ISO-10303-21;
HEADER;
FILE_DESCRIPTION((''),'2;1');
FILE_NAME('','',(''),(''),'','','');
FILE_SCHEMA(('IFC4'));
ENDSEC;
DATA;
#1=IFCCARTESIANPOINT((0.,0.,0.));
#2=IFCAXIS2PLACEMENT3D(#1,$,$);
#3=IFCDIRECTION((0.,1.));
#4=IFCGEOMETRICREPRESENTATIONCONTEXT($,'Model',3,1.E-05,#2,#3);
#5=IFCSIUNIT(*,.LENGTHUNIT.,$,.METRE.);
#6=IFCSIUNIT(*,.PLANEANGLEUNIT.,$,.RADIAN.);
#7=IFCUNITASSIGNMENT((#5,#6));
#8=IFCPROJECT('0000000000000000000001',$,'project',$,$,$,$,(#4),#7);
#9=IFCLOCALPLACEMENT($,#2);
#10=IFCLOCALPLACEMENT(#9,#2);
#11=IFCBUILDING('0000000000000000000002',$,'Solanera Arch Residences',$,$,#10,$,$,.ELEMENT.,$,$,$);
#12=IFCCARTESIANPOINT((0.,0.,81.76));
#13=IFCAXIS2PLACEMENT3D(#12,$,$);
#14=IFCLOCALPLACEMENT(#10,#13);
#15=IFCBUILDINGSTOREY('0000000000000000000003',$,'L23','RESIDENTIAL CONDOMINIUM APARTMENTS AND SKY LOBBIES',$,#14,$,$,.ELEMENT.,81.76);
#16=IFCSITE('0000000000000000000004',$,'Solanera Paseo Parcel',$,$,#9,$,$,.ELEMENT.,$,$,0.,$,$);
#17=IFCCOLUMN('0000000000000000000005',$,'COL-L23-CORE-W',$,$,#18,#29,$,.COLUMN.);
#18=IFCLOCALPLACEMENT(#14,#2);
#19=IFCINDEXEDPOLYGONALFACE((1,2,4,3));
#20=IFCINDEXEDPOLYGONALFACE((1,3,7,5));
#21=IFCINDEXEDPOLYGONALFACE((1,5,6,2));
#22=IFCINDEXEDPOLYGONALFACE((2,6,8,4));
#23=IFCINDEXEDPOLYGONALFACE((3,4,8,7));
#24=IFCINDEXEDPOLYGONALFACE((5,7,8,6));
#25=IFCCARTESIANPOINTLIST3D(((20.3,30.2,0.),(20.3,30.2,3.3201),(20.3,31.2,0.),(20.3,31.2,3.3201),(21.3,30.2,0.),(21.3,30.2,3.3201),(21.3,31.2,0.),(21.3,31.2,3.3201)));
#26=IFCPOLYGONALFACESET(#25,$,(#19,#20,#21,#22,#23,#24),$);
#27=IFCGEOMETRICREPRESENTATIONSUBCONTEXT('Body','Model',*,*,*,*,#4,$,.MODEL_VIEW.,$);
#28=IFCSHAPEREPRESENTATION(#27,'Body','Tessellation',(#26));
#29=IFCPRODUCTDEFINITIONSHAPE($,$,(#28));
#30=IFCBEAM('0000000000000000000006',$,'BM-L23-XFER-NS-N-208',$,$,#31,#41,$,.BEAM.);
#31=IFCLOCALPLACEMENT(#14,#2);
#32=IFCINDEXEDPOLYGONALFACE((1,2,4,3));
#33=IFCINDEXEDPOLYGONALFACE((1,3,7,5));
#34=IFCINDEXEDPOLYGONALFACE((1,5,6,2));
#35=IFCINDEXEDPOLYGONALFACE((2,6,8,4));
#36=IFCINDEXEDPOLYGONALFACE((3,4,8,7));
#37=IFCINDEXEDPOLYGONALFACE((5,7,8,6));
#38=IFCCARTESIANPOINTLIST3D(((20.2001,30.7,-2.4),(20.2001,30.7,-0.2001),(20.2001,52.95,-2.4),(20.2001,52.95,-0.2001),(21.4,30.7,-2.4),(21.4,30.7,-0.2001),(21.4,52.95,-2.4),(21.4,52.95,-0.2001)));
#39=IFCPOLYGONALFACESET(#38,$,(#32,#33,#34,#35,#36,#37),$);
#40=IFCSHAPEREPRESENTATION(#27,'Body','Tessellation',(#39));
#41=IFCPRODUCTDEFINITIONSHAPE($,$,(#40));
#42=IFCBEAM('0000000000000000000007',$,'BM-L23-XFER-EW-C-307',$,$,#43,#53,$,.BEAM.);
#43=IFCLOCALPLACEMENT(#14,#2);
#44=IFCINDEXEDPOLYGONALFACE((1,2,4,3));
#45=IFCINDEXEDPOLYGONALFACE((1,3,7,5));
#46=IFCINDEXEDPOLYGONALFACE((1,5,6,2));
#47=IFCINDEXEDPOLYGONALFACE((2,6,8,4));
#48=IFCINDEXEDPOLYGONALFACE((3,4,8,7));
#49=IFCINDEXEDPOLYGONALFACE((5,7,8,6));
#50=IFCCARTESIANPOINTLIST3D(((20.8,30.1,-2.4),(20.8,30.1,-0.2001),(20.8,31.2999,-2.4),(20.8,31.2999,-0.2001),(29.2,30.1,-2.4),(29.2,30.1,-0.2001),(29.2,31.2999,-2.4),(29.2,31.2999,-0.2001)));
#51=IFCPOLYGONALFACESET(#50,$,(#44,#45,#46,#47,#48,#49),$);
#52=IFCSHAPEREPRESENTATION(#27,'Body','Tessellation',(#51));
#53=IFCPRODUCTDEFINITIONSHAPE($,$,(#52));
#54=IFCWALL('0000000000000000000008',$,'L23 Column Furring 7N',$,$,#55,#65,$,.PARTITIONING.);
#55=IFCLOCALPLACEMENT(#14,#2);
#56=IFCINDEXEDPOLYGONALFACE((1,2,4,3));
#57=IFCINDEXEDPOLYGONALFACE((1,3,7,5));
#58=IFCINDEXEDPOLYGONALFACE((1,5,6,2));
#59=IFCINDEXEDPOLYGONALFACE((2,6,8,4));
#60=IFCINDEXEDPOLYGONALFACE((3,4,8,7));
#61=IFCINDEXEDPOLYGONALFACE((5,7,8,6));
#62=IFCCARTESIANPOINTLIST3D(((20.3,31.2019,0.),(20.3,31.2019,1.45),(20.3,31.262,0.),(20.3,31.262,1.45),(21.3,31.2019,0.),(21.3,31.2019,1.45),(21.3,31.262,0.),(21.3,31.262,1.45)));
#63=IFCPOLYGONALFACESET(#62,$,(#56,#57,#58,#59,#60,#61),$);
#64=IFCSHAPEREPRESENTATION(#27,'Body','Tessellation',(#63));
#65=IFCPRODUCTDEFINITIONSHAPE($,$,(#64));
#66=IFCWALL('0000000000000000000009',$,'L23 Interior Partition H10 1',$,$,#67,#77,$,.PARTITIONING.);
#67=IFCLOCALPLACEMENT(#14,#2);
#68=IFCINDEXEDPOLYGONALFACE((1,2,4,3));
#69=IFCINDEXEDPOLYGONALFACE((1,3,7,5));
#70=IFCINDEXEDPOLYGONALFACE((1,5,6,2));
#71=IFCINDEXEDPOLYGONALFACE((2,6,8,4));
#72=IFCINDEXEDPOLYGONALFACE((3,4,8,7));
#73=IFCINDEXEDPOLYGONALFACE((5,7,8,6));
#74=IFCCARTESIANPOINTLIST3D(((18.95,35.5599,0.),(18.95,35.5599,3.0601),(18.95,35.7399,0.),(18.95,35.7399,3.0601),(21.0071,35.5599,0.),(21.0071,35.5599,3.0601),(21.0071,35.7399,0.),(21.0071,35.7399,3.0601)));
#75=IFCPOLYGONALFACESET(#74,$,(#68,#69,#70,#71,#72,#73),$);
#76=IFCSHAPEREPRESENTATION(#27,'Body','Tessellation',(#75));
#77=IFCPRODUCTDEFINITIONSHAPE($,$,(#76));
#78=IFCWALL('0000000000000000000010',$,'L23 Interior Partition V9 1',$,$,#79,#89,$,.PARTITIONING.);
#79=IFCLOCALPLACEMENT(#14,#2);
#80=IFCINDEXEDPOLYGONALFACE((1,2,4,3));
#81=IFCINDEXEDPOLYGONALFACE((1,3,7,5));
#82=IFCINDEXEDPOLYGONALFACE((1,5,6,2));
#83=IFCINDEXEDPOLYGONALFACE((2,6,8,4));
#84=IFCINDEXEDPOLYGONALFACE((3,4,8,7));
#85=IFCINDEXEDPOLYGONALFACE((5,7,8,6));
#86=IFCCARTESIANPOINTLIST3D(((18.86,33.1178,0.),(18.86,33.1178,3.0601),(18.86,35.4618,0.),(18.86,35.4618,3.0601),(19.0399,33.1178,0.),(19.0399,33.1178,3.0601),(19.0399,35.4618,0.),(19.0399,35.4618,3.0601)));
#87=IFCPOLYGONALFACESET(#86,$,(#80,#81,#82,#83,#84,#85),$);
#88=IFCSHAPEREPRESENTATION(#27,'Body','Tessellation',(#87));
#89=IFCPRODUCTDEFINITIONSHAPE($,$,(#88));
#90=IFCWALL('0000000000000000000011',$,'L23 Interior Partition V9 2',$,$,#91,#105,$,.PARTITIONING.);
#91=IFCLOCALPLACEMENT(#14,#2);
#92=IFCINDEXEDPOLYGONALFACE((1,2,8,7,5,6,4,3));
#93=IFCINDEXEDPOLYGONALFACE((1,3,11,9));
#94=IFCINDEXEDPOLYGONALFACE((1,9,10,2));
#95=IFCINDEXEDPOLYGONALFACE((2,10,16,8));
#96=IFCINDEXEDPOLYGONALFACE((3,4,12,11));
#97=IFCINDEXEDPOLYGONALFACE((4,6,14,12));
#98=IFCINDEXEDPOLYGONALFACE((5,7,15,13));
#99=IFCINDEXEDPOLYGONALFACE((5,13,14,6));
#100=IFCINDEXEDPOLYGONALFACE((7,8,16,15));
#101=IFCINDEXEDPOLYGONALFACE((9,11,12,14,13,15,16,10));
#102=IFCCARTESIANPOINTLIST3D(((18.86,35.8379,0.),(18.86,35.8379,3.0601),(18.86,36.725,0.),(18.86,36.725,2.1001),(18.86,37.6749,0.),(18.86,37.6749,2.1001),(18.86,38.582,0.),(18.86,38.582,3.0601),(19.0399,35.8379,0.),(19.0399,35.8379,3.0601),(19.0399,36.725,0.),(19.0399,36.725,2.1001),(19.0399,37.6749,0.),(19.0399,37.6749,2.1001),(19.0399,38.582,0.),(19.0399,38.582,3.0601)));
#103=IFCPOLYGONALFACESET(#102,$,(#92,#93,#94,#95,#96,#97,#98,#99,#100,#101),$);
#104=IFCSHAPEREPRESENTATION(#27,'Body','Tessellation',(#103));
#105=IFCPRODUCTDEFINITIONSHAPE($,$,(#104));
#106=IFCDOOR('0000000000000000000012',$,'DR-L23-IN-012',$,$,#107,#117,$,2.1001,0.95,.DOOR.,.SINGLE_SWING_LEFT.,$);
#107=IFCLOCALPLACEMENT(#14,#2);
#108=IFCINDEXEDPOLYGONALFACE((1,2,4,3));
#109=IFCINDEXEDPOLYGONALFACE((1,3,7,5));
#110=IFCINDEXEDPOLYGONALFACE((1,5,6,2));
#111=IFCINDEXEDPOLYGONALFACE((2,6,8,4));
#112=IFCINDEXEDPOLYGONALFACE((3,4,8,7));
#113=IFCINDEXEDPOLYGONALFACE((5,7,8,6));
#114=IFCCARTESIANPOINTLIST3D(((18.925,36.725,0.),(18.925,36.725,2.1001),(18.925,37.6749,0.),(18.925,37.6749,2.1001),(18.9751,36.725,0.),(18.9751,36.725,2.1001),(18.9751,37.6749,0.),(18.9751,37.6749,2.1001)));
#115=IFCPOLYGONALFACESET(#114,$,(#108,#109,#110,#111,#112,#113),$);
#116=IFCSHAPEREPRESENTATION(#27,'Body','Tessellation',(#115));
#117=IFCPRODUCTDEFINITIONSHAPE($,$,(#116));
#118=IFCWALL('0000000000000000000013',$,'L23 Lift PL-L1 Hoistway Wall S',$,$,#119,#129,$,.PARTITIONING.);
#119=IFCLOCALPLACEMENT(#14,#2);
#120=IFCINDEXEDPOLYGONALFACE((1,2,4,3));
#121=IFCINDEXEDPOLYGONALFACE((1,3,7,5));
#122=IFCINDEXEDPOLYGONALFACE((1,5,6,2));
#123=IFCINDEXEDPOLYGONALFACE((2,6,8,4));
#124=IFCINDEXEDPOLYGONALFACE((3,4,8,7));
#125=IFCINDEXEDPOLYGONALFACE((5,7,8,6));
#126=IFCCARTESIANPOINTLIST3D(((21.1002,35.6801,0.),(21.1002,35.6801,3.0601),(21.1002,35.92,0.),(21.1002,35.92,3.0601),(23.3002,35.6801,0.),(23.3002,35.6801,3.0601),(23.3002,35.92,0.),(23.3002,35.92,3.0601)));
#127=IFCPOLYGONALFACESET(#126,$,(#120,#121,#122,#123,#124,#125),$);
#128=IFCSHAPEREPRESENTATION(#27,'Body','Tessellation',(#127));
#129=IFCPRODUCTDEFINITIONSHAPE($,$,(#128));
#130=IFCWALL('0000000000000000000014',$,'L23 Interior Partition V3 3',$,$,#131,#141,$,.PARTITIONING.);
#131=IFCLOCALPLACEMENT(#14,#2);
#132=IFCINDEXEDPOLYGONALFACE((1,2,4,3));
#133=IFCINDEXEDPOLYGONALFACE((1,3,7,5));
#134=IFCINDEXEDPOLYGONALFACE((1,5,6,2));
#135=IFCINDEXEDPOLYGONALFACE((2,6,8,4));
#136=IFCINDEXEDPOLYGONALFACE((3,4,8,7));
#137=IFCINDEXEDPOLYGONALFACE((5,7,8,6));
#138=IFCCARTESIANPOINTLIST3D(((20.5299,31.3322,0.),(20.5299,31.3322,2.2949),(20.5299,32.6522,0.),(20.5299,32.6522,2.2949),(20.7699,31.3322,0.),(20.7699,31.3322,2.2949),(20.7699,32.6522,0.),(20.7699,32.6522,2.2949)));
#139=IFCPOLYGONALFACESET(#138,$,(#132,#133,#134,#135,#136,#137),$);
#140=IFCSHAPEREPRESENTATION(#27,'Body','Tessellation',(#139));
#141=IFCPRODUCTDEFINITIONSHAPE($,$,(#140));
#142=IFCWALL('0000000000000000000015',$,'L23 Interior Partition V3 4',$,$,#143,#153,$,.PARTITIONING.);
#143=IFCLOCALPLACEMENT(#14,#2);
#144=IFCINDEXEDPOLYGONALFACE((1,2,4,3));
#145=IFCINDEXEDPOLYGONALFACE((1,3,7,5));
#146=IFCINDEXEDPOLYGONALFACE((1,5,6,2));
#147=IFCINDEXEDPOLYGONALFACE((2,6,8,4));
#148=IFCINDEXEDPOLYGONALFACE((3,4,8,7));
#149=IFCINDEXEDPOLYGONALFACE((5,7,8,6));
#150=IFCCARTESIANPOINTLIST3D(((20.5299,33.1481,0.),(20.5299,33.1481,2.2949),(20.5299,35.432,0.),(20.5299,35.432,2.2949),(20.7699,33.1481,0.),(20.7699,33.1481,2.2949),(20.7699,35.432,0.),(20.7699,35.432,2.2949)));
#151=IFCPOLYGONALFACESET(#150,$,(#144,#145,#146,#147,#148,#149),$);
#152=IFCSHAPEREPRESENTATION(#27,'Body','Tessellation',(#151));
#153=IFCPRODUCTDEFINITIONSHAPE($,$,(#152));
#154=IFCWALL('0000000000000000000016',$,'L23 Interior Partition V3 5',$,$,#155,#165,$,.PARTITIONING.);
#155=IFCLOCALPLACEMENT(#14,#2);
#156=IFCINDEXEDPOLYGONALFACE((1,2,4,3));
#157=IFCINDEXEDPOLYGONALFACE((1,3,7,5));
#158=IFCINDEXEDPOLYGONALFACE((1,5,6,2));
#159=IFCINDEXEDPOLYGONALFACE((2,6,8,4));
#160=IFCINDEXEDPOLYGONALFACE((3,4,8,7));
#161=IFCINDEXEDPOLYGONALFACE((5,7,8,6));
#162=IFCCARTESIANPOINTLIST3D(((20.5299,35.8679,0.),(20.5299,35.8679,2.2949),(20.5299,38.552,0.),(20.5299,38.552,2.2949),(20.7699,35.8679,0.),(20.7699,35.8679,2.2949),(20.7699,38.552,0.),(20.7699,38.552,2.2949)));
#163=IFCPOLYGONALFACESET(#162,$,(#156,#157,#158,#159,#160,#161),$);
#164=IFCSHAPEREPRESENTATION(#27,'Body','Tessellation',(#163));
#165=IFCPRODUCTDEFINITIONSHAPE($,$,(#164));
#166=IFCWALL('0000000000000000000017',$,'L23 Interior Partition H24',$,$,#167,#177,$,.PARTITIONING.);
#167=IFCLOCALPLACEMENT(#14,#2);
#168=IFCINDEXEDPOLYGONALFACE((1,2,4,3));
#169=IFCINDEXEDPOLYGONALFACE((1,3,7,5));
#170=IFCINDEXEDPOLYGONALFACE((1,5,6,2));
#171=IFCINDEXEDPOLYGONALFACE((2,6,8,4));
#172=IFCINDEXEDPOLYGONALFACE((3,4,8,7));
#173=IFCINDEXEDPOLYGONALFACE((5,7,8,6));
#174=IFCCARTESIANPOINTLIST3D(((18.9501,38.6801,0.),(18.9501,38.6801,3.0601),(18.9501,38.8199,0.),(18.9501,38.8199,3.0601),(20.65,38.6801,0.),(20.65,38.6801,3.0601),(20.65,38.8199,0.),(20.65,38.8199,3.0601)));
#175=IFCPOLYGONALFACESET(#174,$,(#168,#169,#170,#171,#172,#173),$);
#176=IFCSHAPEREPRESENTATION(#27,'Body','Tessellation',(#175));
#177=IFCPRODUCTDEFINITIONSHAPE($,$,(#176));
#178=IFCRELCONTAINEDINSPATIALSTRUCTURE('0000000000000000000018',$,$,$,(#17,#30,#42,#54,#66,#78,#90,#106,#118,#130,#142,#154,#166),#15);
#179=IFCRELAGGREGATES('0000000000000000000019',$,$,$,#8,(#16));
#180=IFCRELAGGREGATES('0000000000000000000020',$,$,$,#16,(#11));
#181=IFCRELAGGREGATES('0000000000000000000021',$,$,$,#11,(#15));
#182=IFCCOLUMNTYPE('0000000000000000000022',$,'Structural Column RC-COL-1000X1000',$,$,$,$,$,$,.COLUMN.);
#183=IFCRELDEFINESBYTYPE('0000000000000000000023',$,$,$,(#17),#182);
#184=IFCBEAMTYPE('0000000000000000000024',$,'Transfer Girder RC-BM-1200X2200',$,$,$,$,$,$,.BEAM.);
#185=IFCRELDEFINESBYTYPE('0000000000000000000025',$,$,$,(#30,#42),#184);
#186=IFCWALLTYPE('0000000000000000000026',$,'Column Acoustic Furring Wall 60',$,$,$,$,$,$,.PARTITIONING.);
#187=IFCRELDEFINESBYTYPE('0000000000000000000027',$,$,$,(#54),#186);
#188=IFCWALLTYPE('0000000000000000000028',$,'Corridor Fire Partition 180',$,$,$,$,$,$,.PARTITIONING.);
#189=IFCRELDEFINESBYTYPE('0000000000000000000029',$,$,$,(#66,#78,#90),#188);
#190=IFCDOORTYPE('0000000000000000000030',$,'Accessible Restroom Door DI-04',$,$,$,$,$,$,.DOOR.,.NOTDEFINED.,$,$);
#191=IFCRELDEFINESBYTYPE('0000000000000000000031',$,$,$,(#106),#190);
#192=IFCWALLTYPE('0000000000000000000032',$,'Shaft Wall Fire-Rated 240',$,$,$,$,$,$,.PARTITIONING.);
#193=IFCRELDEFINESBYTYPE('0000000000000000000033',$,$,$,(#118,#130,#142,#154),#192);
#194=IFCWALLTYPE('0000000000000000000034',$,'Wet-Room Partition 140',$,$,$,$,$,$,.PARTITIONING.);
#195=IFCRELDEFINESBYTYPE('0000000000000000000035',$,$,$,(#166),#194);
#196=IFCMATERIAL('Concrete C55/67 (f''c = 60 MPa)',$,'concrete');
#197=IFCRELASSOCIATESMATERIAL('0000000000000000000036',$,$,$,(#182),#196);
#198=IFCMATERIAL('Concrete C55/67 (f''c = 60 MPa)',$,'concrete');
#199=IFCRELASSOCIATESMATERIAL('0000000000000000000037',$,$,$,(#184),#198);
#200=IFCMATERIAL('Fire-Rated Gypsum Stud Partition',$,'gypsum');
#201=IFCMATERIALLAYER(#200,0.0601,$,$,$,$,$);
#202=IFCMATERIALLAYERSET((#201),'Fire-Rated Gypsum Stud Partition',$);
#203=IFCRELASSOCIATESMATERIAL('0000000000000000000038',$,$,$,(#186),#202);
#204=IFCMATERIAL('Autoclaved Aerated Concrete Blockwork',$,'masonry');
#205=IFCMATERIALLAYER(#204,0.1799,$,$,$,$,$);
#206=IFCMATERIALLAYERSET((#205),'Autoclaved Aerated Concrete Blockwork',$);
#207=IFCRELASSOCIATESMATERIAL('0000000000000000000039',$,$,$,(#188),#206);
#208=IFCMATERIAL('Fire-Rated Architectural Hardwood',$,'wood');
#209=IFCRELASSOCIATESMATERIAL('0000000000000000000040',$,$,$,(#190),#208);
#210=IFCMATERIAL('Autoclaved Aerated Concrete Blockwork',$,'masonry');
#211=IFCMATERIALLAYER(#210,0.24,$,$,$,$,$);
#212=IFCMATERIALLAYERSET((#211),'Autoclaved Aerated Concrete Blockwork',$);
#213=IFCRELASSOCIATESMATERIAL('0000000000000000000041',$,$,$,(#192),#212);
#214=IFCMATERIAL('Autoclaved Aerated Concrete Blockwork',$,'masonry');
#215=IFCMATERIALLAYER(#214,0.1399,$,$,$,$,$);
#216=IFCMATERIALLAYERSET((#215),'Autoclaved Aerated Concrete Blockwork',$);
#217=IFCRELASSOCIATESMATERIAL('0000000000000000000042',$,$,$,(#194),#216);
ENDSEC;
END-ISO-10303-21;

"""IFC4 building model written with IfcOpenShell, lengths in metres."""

from ifc_helpers import new_model, si_unit, direction, frame, frame_2d, origin, origin_2d, place, context, subcontext, project, spatial, rectangle, extrude, material, layer, layer_set, material_profile, profile_set, type_object, element, fill, save


model = new_model("IFC4")

# Units and contexts
model_context = context("Model", 3, precision=1e-05, world=origin(), true_north=direction((0.0, 1.0)))
body_context = subcontext(model_context, "Body", "Model", "MODEL_VIEW")
ifc_project = project(units=[si_unit("LENGTHUNIT", "METRE"), si_unit("PLANEANGLEUNIT", "RADIAN")], contexts=[model_context])

# Site, building, storey
site_placement = place(None, origin())
site = spatial("IfcSite", under=ifc_project, at=site_placement, Name="Solanera Paseo Parcel", CompositionType="ELEMENT", RefElevation=0.0)
building_placement = place(site_placement, origin())
building = spatial("IfcBuilding", under=site, at=building_placement, Name="Solanera Arch Residences", CompositionType="ELEMENT")
storey_placement = place(building_placement, frame((0.0, 0.0, 81.76)))
storey = spatial("IfcBuildingStorey", under=building, at=storey_placement, Name="L23", Description="RESIDENTIAL CONDOMINIUM APARTMENTS AND SKY LOBBIES", CompositionType="ELEMENT", Elevation=81.76)

# Column
ifc_material_1 = material(Name="Concrete C55/67 (f'c = 60 MPa)", Category="concrete")
ifc_material_profile_1 = material_profile(ifc_material_1, rectangle(XDim=1.0, YDim=1.0, at=origin_2d()))
ifc_profile_set_1 = profile_set([ifc_material_profile_1], Name="Concrete C55/67 (f'c = 60 MPa)")
column_type = type_object("IfcColumnType", Name="Structural Column RC-COL-1000X1000", PredefinedType="COLUMN", material=ifc_profile_set_1)
column_placement = place(storey_placement, frame((20.8, 30.7, 0.0), z_axis=(0.0, 0.0, 1.0), x_axis=(1.0, 0.0, 0.0)))
element("IfcColumn", 1, at=column_placement, inside=storey, type_object=column_type, Name="COL-L23-CORE-W", PredefinedType="COLUMN", context=body_context, shape_type="SweptSolid", body=[
    extrude(rectangle(XDim=1.0, YDim=1.0, at=origin_2d()), origin(), (0.0, 0.0, 1.0), 3.3201),
])

# Beams
ifc_material_2 = material(Name="Concrete C55/67 (f'c = 60 MPa)", Category="concrete")
ifc_material_profile_2 = material_profile(ifc_material_2, rectangle(XDim=1.2, YDim=2.2, at=origin_2d()))
ifc_profile_set_2 = profile_set([ifc_material_profile_2], Name="Concrete C55/67 (f'c = 60 MPa)")
beam_type = type_object("IfcBeamType", Name="Transfer Girder RC-BM-1200X2200", PredefinedType="BEAM", material=ifc_profile_set_2)
beam_1_placement = place(storey_placement, frame((20.8, 30.7, -1.3), z_axis=(0.0, 1.0, 0.0), x_axis=(-1.0, 0.0, 0.0)))
element("IfcBeam", 2, at=beam_1_placement, inside=storey, type_object=beam_type, Name="BM-L23-XFER-NS-N-208", PredefinedType="BEAM", context=body_context, shape_type="SweptSolid", body=[
    extrude(rectangle(XDim=1.2, YDim=2.2, at=origin_2d()), origin(), (0.0, 0.0, 1.0), 22.25),
])
beam_2_placement = place(storey_placement, frame((20.8, 30.7, -1.3), z_axis=(1.0, 0.0, 0.0), x_axis=(0.0, 1.0, 0.0)))
element("IfcBeam", 3, at=beam_2_placement, inside=storey, type_object=beam_type, Name="BM-L23-XFER-EW-C-307", PredefinedType="BEAM", context=body_context, shape_type="SweptSolid", body=[
    extrude(rectangle(XDim=1.2, YDim=2.2, at=origin_2d()), origin(), (0.0, 0.0, 1.0), 8.3999),
])

# Wall
ifc_material_3 = material(Name="Fire-Rated Gypsum Stud Partition", Category="gypsum")
ifc_layer_1 = layer(ifc_material_3, 0.0601)
ifc_layer_set_1 = layer_set([ifc_layer_1], Name="Fire-Rated Gypsum Stud Partition")
wall_type_1 = type_object("IfcWallType", Name="Column Acoustic Furring Wall 60", PredefinedType="PARTITIONING", material=ifc_layer_set_1)
wall_1_placement = place(storey_placement, frame((20.3, 31.2319, 0.0), z_axis=(0.0, 0.0, 1.0), x_axis=(1.0, 0.0, 0.0)))
element("IfcWall", 4, at=wall_1_placement, inside=storey, type_object=wall_type_1, Name="L23 Column Furring 7N", PredefinedType="PARTITIONING", context=body_context, shape_type="SweptSolid", body=[
    extrude(rectangle(XDim=1.0, YDim=0.0601, at=frame_2d((0.5, 0.0))), origin(), (0.0, 0.0, 1.0), 1.45),
])

# Walls
ifc_material_4 = material(Name="Autoclaved Aerated Concrete Blockwork", Category="masonry")
ifc_layer_2 = layer(ifc_material_4, 0.1799)
ifc_layer_set_2 = layer_set([ifc_layer_2], Name="Autoclaved Aerated Concrete Blockwork")
wall_type_2 = type_object("IfcWallType", Name="Corridor Fire Partition 180", PredefinedType="PARTITIONING", material=ifc_layer_set_2)
wall_2_placement = place(storey_placement, frame((18.95, 35.6499, 0.0), z_axis=(0.0, 0.0, 1.0), x_axis=(1.0, 0.0, 0.0)))
element("IfcWall", 5, at=wall_2_placement, inside=storey, type_object=wall_type_2, Name="L23 Interior Partition H10 1", PredefinedType="PARTITIONING", context=body_context, shape_type="SweptSolid", body=[
    extrude(rectangle(XDim=2.0571, YDim=0.1799, at=frame_2d((1.0286, 0.0))), origin(), (0.0, 0.0, 1.0), 3.0601),
])
wall_3_placement = place(storey_placement, frame((18.95, 33.1179, 0.0), z_axis=(0.0, 0.0, 1.0), x_axis=(0.0, 1.0, 0.0)))
element("IfcWall", 6, at=wall_3_placement, inside=storey, type_object=wall_type_2, Name="L23 Interior Partition V9 1", PredefinedType="PARTITIONING", context=body_context, shape_type="SweptSolid", body=[
    extrude(rectangle(XDim=2.344, YDim=0.1799, at=frame_2d((1.1719, 0.0))), origin(), (0.0, 0.0, 1.0), 3.0601),
])

# Wall, opening, door
wall_4_placement = place(storey_placement, frame((18.95, 35.8379, 0.0), z_axis=(0.0, 0.0, 1.0), x_axis=(0.0, 1.0, 0.0)))
wall_4 = element("IfcWall", 7, at=wall_4_placement, inside=storey, type_object=wall_type_2, Name="L23 Interior Partition V9 2", PredefinedType="PARTITIONING", context=body_context, shape_type="SweptSolid", body=[
    extrude(rectangle(XDim=2.7441, YDim=0.1799, at=frame_2d((1.3721, 0.0))), origin(), (0.0, 0.0, 1.0), 3.0601),
])
opening_1_placement = place(wall_4_placement, frame((0.887, 0.0, 0.0)))
opening_1 = element("IfcOpeningElement", 8, at=opening_1_placement, cuts=wall_4, PredefinedType="OPENING", context=body_context, shape_type="SweptSolid", body=[
    extrude(rectangle(XDim=0.95, YDim=2.1001, at=frame_2d((0.4751, 1.05))), frame((0.0, 0.1001, 0.0), z_axis=(0.0, -1.0, 0.0), x_axis=(1.0, 0.0, 0.0)), (0.0, 0.0, 1.0), 0.1999),
])
ifc_material_5 = material(Name="Fire-Rated Architectural Hardwood", Category="wood")
door_type_1 = type_object("IfcDoorType", Name="Accessible Restroom Door DI-04", OperationType="NOTDEFINED", PredefinedType="DOOR", material=ifc_material_5)
door_1_placement = place(opening_1_placement, origin())
door_1 = element("IfcDoor", 9, at=door_1_placement, inside=storey, type_object=door_type_1, Name="DR-L23-IN-012", OperationType="SINGLE_SWING_LEFT", OverallHeight=2.1001, OverallWidth=0.95, PredefinedType="DOOR", context=body_context, shape_type="SweptSolid", body=[
    extrude(rectangle(XDim=0.95, YDim=2.1001, at=frame_2d((0.4751, 1.05))), frame((0.0, 0.0249, 0.0), z_axis=(0.0, -1.0, 0.0), x_axis=(1.0, 0.0, 0.0)), (0.0, 0.0, 1.0), 0.05),
])
fill(opening_1, door_1)

# Wall
ifc_material_6 = material(Name="Autoclaved Aerated Concrete Blockwork", Category="masonry")
ifc_layer_3 = layer(ifc_material_6, 0.24)
ifc_layer_set_3 = layer_set([ifc_layer_3], Name="Autoclaved Aerated Concrete Blockwork")
wall_type_3 = type_object("IfcWallType", Name="Shaft Wall Fire-Rated 240", PredefinedType="PARTITIONING", material=ifc_layer_set_3)
wall_5_placement = place(storey_placement, frame((21.1001, 35.8, 0.0), z_axis=(0.0, 0.0, 1.0), x_axis=(1.0, 0.0, 0.0)))
element("IfcWall", 10, at=wall_5_placement, inside=storey, type_object=wall_type_3, Name="L23 Lift PL-L1 Hoistway Wall S", PredefinedType="PARTITIONING", context=body_context, shape_type="SweptSolid", body=[
    extrude(rectangle(XDim=2.2, YDim=0.24, at=frame_2d((1.1001, 0.0))), origin(), (0.0, 0.0, 1.0), 3.0601),
])

# Walls
wall_6_placement = place(storey_placement, frame((20.6499, 31.332, 0.0), z_axis=(0.0, 0.0, 1.0), x_axis=(0.0, 1.0, 0.0)))
element("IfcWall", 11, at=wall_6_placement, inside=storey, type_object=wall_type_3, Name="L23 Interior Partition V3 3", PredefinedType="PARTITIONING", context=body_context, shape_type="SweptSolid", body=[
    extrude(rectangle(XDim=1.3201, YDim=0.24, at=frame_2d((0.6602, 0.0))), origin(), (0.0, 0.0, 1.0), 2.2949),
])
wall_7_placement = place(storey_placement, frame((20.6499, 33.1479, 0.0), z_axis=(0.0, 0.0, 1.0), x_axis=(0.0, 1.0, 0.0)))
element("IfcWall", 12, at=wall_7_placement, inside=storey, type_object=wall_type_3, Name="L23 Interior Partition V3 4", PredefinedType="PARTITIONING", context=body_context, shape_type="SweptSolid", body=[
    extrude(rectangle(XDim=2.2839, YDim=0.24, at=frame_2d((1.1421, 0.0))), origin(), (0.0, 0.0, 1.0), 2.2949),
])
wall_8_placement = place(storey_placement, frame((20.6499, 35.8679, 0.0), z_axis=(0.0, 0.0, 1.0), x_axis=(0.0, 1.0, 0.0)))
element("IfcWall", 13, at=wall_8_placement, inside=storey, type_object=wall_type_3, Name="L23 Interior Partition V3 5", PredefinedType="PARTITIONING", context=body_context, shape_type="SweptSolid", body=[
    extrude(rectangle(XDim=2.6841, YDim=0.24, at=frame_2d((1.342, 0.0))), origin(), (0.0, 0.0, 1.0), 2.2949),
])
ifc_material_7 = material(Name="Autoclaved Aerated Concrete Blockwork", Category="masonry")
ifc_layer_4 = layer(ifc_material_7, 0.1399)
ifc_layer_set_4 = layer_set([ifc_layer_4], Name="Autoclaved Aerated Concrete Blockwork")
wall_type_4 = type_object("IfcWallType", Name="Wet-Room Partition 140", PredefinedType="PARTITIONING", material=ifc_layer_set_4)
wall_9_placement = place(storey_placement, frame((18.95, 38.75, 0.0), z_axis=(0.0, 0.0, 1.0), x_axis=(1.0, 0.0, 0.0)))
element("IfcWall", 14, at=wall_9_placement, inside=storey, type_object=wall_type_4, Name="L23 Interior Partition H24", PredefinedType="PARTITIONING", context=body_context, shape_type="SweptSolid", body=[
    extrude(rectangle(XDim=1.7, YDim=0.1399, at=frame_2d((0.8501, 0.0))), origin(), (0.0, 0.0, 1.0), 3.0601),
])

save(model, "model.ifc")
